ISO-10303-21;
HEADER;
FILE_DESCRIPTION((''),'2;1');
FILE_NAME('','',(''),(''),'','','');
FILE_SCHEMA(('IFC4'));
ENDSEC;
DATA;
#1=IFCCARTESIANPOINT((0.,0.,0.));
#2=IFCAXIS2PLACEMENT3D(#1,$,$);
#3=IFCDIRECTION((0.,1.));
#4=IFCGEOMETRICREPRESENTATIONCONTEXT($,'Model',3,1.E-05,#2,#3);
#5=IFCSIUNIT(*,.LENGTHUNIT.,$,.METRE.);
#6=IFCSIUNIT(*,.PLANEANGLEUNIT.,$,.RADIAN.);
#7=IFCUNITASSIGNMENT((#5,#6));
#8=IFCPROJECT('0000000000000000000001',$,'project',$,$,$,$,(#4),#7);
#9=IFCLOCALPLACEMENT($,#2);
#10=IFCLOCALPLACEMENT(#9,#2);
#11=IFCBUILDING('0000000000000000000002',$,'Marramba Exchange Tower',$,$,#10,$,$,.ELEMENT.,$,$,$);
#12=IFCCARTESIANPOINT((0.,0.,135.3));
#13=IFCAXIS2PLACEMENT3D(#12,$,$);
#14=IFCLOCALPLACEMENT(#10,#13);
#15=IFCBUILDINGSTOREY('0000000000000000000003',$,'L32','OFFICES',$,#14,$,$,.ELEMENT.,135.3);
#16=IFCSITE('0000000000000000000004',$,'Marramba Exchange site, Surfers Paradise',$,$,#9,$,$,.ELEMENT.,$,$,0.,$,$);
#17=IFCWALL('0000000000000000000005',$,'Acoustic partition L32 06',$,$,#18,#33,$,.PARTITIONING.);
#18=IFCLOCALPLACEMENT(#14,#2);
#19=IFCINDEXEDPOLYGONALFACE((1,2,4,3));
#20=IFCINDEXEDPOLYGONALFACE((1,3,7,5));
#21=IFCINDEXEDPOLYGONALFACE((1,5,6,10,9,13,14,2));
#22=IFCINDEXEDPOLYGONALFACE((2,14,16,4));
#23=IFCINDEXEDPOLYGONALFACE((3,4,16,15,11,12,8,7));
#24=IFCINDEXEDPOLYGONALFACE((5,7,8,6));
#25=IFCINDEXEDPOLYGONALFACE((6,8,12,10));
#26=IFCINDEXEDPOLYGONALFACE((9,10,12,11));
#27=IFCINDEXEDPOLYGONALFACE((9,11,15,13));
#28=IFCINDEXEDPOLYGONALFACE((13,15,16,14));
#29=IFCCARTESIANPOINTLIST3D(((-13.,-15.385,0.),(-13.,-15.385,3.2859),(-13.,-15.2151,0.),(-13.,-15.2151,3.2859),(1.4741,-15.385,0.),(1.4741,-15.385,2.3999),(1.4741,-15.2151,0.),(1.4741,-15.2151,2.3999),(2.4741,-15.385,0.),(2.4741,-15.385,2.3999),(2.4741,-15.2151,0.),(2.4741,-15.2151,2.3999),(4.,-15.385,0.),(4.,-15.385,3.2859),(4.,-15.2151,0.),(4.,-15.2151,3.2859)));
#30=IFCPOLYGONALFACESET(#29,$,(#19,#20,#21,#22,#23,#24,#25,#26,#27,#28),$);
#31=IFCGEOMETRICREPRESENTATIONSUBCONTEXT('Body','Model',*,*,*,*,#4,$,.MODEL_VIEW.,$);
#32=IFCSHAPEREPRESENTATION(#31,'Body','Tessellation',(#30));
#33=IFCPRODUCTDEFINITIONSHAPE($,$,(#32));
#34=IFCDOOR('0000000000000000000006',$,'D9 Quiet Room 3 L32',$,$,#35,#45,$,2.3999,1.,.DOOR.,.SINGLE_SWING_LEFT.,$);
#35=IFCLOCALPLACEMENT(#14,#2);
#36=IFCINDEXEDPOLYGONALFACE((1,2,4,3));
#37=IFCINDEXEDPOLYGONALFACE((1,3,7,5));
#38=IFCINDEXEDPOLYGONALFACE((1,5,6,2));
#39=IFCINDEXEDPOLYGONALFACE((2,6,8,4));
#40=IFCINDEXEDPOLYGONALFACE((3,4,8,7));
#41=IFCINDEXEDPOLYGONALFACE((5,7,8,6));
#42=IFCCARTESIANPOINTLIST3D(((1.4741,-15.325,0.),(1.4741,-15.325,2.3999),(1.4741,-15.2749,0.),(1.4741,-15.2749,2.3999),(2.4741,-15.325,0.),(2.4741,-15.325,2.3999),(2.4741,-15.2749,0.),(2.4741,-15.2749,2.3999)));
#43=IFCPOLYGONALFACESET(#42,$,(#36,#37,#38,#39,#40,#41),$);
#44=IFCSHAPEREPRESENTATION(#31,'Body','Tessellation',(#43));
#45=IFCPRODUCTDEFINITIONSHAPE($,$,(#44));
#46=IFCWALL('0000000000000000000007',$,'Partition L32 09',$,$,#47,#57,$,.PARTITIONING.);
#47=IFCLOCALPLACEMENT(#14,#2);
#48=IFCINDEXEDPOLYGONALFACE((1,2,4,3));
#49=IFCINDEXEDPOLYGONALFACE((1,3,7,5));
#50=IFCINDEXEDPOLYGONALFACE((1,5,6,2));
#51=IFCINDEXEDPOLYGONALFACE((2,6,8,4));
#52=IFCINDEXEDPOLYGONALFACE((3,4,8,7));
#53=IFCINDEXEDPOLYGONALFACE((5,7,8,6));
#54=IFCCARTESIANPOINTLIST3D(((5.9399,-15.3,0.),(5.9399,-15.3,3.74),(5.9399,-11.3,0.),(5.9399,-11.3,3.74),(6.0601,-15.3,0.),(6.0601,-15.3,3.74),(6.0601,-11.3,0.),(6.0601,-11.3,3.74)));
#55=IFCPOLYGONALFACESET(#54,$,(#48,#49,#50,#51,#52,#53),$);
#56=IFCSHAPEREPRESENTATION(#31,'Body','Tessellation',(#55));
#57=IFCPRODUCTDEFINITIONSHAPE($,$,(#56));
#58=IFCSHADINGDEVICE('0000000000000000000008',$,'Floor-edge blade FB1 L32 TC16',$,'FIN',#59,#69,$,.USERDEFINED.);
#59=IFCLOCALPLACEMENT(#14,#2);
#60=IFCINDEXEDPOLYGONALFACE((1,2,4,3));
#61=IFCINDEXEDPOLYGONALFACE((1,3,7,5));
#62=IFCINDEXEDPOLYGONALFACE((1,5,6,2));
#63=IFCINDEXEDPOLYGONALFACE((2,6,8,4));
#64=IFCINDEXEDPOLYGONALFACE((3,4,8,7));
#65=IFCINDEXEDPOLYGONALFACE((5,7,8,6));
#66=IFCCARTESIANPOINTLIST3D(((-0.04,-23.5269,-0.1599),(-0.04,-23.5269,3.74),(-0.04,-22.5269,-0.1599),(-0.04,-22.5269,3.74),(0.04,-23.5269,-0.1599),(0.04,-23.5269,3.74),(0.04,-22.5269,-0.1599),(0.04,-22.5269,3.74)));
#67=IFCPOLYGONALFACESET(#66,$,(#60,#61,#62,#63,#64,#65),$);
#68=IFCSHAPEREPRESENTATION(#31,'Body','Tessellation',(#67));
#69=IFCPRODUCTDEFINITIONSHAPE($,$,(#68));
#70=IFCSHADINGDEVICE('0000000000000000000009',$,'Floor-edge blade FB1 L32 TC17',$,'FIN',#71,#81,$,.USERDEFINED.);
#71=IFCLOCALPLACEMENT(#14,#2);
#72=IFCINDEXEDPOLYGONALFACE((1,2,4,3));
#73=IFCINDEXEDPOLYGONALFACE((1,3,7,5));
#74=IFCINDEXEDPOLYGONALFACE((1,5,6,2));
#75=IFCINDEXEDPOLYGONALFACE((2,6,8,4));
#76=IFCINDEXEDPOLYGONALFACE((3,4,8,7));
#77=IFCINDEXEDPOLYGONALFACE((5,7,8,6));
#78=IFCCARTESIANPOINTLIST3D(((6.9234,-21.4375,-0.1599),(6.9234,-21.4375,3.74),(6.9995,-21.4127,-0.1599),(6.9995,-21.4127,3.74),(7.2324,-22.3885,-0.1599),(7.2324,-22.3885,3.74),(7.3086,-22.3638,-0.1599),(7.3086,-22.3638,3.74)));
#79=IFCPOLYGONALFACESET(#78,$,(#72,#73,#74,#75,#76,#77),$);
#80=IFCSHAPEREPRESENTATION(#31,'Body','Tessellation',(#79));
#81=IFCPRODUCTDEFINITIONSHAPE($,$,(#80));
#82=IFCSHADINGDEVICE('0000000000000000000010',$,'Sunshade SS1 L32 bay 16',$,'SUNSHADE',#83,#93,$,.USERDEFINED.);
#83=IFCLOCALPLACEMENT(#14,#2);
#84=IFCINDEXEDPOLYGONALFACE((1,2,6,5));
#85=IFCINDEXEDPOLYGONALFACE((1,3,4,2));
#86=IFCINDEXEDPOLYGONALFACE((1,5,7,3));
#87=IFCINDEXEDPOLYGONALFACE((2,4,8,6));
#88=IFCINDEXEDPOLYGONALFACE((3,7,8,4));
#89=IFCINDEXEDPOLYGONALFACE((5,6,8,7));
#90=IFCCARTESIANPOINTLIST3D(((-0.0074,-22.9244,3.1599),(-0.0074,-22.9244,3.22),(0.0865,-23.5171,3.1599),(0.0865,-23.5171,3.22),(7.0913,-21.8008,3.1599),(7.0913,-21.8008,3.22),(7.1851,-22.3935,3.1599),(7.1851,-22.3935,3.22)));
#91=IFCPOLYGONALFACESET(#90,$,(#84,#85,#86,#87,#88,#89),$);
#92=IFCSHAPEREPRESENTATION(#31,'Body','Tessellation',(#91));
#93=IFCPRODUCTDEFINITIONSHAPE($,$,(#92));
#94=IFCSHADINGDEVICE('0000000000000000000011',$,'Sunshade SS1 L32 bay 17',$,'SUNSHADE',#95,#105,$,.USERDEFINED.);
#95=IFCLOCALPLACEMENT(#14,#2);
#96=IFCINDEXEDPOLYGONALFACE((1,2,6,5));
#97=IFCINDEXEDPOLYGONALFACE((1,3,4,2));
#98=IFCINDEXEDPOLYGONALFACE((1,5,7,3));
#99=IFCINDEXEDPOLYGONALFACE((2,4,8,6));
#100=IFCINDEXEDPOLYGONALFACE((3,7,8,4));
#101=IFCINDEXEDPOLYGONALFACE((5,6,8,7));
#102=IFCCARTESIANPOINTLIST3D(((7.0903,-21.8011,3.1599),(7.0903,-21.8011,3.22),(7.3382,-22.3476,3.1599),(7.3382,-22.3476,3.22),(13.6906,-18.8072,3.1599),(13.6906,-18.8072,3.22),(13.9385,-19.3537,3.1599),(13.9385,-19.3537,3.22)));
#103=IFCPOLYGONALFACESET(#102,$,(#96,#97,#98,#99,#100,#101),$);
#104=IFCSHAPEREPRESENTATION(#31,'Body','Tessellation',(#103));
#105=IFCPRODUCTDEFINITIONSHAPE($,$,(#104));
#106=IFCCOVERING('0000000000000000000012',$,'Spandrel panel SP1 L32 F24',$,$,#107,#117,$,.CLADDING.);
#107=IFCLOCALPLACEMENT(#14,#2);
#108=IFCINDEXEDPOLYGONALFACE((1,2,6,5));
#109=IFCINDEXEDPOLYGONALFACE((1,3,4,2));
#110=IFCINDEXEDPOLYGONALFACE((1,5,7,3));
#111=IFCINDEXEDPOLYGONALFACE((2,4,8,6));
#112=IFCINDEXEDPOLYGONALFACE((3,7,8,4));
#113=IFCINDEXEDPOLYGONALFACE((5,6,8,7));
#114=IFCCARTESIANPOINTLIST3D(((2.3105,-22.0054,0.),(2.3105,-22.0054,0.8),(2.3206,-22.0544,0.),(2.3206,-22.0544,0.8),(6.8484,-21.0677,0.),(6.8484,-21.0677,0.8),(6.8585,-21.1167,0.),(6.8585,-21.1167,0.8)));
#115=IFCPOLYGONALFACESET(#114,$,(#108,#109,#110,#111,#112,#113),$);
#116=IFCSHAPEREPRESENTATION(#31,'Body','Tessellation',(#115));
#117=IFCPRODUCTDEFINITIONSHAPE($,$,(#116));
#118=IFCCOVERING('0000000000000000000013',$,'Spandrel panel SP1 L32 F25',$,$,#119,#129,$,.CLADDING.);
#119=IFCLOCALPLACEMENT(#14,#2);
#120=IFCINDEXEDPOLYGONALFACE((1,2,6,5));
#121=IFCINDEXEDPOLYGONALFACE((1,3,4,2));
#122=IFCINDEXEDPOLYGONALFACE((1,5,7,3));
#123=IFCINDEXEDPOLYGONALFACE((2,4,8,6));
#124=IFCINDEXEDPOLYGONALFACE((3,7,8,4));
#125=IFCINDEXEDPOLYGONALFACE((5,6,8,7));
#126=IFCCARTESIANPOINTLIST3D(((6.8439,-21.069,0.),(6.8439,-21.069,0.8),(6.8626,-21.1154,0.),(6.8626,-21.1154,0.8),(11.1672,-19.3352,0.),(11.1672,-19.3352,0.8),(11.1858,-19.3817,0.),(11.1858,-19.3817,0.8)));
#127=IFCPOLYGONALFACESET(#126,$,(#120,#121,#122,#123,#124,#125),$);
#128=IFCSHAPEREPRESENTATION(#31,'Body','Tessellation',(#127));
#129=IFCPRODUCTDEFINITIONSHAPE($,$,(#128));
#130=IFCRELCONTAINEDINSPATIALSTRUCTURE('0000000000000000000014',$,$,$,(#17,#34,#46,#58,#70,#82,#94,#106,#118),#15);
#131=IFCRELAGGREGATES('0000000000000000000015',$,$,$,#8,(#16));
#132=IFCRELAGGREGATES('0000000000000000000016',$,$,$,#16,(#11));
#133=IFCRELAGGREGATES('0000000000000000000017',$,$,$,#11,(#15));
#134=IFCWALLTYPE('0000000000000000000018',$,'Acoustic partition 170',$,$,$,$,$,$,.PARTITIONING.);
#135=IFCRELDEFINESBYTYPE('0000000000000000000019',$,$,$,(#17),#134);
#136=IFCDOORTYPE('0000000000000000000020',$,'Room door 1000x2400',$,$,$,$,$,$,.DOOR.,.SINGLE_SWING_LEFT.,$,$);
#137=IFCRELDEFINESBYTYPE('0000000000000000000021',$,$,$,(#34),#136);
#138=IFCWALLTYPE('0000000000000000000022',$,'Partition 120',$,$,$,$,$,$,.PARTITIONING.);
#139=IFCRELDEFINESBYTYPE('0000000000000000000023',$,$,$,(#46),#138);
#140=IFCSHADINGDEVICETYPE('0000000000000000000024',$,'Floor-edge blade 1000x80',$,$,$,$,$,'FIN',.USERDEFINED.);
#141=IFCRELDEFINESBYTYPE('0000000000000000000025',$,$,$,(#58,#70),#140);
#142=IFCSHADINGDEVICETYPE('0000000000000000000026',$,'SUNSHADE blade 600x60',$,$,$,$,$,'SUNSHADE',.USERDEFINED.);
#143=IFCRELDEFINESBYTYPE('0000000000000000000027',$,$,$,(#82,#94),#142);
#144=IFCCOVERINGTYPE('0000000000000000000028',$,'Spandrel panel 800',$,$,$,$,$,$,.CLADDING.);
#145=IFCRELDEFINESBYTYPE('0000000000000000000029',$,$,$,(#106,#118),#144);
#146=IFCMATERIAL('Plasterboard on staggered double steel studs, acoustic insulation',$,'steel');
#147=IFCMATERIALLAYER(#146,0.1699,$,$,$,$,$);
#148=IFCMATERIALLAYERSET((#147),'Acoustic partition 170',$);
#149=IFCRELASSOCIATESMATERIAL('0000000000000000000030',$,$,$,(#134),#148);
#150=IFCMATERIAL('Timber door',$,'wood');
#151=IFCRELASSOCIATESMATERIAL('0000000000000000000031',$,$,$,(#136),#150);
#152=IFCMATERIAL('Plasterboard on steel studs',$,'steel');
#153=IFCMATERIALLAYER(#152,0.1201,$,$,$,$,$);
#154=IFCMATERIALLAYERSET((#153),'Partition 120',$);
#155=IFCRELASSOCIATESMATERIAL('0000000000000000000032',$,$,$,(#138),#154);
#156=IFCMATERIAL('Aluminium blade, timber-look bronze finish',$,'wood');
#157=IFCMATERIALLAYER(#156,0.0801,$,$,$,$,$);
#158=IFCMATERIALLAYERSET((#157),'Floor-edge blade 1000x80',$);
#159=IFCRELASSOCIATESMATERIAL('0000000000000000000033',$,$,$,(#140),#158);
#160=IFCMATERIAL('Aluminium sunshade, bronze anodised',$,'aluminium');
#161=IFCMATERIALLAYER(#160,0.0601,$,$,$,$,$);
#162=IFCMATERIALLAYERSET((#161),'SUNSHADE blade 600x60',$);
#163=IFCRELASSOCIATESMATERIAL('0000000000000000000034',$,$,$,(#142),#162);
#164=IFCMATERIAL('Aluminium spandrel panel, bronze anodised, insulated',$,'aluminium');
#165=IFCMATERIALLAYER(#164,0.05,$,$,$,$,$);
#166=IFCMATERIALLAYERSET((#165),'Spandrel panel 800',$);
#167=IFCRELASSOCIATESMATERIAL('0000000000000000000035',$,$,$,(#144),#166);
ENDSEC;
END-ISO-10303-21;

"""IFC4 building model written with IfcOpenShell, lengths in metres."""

from ifc_helpers import new_model, si_unit, direction, frame, frame_2d, origin, origin_2d, place, context, subcontext, project, spatial, rectangle, extrude, material, layer, layer_set, type_object, element, fill, save


model = new_model("IFC4")

# Units and contexts
model_context = context("Model", 3, precision=1e-05, world=origin(), true_north=direction((0.0, 1.0)))
body_context = subcontext(model_context, "Body", "Model", "MODEL_VIEW")
ifc_project = project(units=[si_unit("LENGTHUNIT", "METRE"), si_unit("PLANEANGLEUNIT", "RADIAN")], contexts=[model_context])

# Site, building, storey
site_placement = place(None, origin())
site = spatial("IfcSite", under=ifc_project, at=site_placement, Name="Marramba Exchange site, Surfers Paradise", CompositionType="ELEMENT", RefElevation=0.0)
building_placement = place(site_placement, origin())
building = spatial("IfcBuilding", under=site, at=building_placement, Name="Marramba Exchange Tower", CompositionType="ELEMENT")
storey_placement = place(building_placement, frame((0.0, 0.0, 135.3)))
storey = spatial("IfcBuildingStorey", under=building, at=storey_placement, Name="L32", Description="OFFICES", CompositionType="ELEMENT", Elevation=135.3)

# Wall, opening, door
ifc_material_1 = material(Name="Plasterboard on staggered double steel studs, acoustic insulation", Category="steel")
ifc_layer_1 = layer(ifc_material_1, 0.1699)
ifc_layer_set_1 = layer_set([ifc_layer_1], Name="Acoustic partition 170")
wall_type_1 = type_object("IfcWallType", Name="Acoustic partition 170", PredefinedType="PARTITIONING", material=ifc_layer_set_1)
wall_1_placement = place(storey_placement, frame((4.0, -15.3, 0.0), z_axis=(0.0, 0.0, 1.0), x_axis=(-1.0, 0.0, 0.0)))
wall_1 = element("IfcWall", 1, at=wall_1_placement, inside=storey, type_object=wall_type_1, Name="Acoustic partition L32 06", PredefinedType="PARTITIONING", context=body_context, shape_type="SweptSolid", body=[
    extrude(rectangle(XDim=17.0, YDim=0.1699, at=frame_2d((8.5, 0.0))), origin(), (0.0, 0.0, 1.0), 3.2859),
])
opening_placement = place(wall_1_placement, frame((1.5259, 0.0, 0.0)))
opening = element("IfcOpeningElement", 2, at=opening_placement, cuts=wall_1, PredefinedType="OPENING", context=body_context, shape_type="SweptSolid", body=[
    extrude(rectangle(XDim=1.0, YDim=2.3999, at=frame_2d((0.5, 1.2))), frame((0.0, 0.095, 0.0), z_axis=(0.0, -1.0, 0.0), x_axis=(1.0, 0.0, 0.0)), (0.0, 0.0, 1.0), 0.1899),
])
ifc_material_2 = material(Name="Timber door", Category="wood")
door_type = type_object("IfcDoorType", Name="Room door 1000x2400", OperationType="SINGLE_SWING_LEFT", PredefinedType="DOOR", material=ifc_material_2)
door_placement = place(opening_placement, frame((1.0, 0.0, 0.0), z_axis=(0.0, 0.0, 1.0), x_axis=(-1.0, 0.0, 0.0)))
door = element("IfcDoor", 3, at=door_placement, inside=storey, type_object=door_type, Name="D9 Quiet Room 3 L32", OperationType="SINGLE_SWING_LEFT", OverallHeight=2.3999, OverallWidth=1.0, PredefinedType="DOOR", context=body_context, shape_type="SweptSolid", body=[
    extrude(rectangle(XDim=1.0, YDim=2.3999, at=frame_2d((0.5, 1.2))), frame((0.0, 0.0251, 0.0), z_axis=(0.0, -1.0, 0.0), x_axis=(1.0, 0.0, 0.0)), (0.0, 0.0, 1.0), 0.05),
])
fill(opening, door)

# Wall
ifc_material_3 = material(Name="Plasterboard on steel studs", Category="steel")
ifc_layer_2 = layer(ifc_material_3, 0.1201)
ifc_layer_set_2 = layer_set([ifc_layer_2], Name="Partition 120")
wall_type_2 = type_object("IfcWallType", Name="Partition 120", PredefinedType="PARTITIONING", material=ifc_layer_set_2)
wall_2_placement = place(storey_placement, frame((6.0, -15.3, 0.0), z_axis=(0.0, 0.0, 1.0), x_axis=(0.0, 1.0, 0.0)))
element("IfcWall", 4, at=wall_2_placement, inside=storey, type_object=wall_type_2, Name="Partition L32 09", PredefinedType="PARTITIONING", context=body_context, shape_type="SweptSolid", body=[
    extrude(rectangle(XDim=4.0, YDim=0.1201, at=frame_2d((2.0, 0.0))), origin(), (0.0, 0.0, 1.0), 3.74),
])

# Shading devices
ifc_material_4 = material(Name="Aluminium blade, timber-look bronze finish", Category="wood")
ifc_layer_3 = layer(ifc_material_4, 0.0801)
ifc_layer_set_3 = layer_set([ifc_layer_3], Name="Floor-edge blade 1000x80")
shading_device_type_1 = type_object("IfcShadingDeviceType", Name="Floor-edge blade 1000x80", ElementType="FIN", PredefinedType="USERDEFINED", material=ifc_layer_set_3)
for number, where, z_axis, x_axis, name in (
    (5, (0.0, -23.0269, -0.1599), (0.0, 0.0, 1.0), (0.0, -1.0, 0.0), "Floor-edge blade FB1 L32 TC16"),
    (6, (7.116, -21.9006, -0.1599), (0.0, 0.0, 1.0), (0.309017, -0.951057, 0.0), "Floor-edge blade FB1 L32 TC17"),
):
    element("IfcShadingDevice", number, at=place(storey_placement, frame(where, z_axis=z_axis, x_axis=x_axis)), inside=storey, type_object=shading_device_type_1, Name=name, ObjectType="FIN", PredefinedType="USERDEFINED", context=body_context, shape_type="SweptSolid", body=[
        extrude(rectangle(XDim=1.0, YDim=0.0801, at=origin_2d()), origin(), (0.0, 0.0, 1.0), 3.8999),
    ])
ifc_material_5 = material(Name="Aluminium sunshade, bronze anodised", Category="aluminium")
ifc_layer_4 = layer(ifc_material_5, 0.0601)
ifc_layer_set_4 = layer_set([ifc_layer_4], Name="SUNSHADE blade 600x60")
shading_device_type_2 = type_object("IfcShadingDeviceType", Name="SUNSHADE blade 600x60", ElementType="SUNSHADE", PredefinedType="USERDEFINED", material=ifc_layer_set_4)
shading_device_1_placement = place(storey_placement, frame((3.5889, -22.6589, 3.1599), z_axis=(0.0, 0.0, 1.0), x_axis=(0.987705, 0.15633, 0.0)))
element("IfcShadingDevice", 7, at=shading_device_1_placement, inside=storey, type_object=shading_device_type_2, Name="Sunshade SS1 L32 bay 16", ObjectType="SUNSHADE", PredefinedType="USERDEFINED", context=body_context, shape_type="SweptSolid", body=[
    extrude(rectangle(XDim=7.187, YDim=0.6001, at=origin_2d()), origin(), (0.0, 0.0, 1.0), 0.0601),
])
shading_device_2_placement = place(storey_placement, frame((10.5144, -20.5774, 3.1599), z_axis=(0.0, 0.0, 1.0), x_axis=(0.910692, 0.413086, 0.0)))
element("IfcShadingDevice", 8, at=shading_device_2_placement, inside=storey, type_object=shading_device_type_2, Name="Sunshade SS1 L32 bay 17", ObjectType="SUNSHADE", PredefinedType="USERDEFINED", context=body_context, shape_type="SweptSolid", body=[
    extrude(rectangle(XDim=7.2476, YDim=0.6001, at=origin_2d()), origin(), (0.0, 0.0, 1.0), 0.0601),
])

# Coverings
ifc_material_6 = material(Name="Aluminium spandrel panel, bronze anodised, insulated", Category="aluminium")
ifc_layer_5 = layer(ifc_material_6, 0.05)
ifc_layer_set_5 = layer_set([ifc_layer_5], Name="Spandrel panel 800")
covering_type = type_object("IfcCoveringType", Name="Spandrel panel 800", PredefinedType="CLADDING", material=ifc_layer_set_5)
covering_1_placement = place(storey_placement, frame((4.5845, -21.561, 0.0), z_axis=(0.0, 0.0, 1.0), x_axis=(0.97931, 0.202365, 0.0)))
element("IfcCovering", 9, at=covering_1_placement, inside=storey, type_object=covering_type, Name="Spandrel panel SP1 L32 F24", PredefinedType="CLADDING", context=body_context, shape_type="SweptSolid", body=[
    extrude(rectangle(XDim=4.6338, YDim=0.05, at=origin_2d()), origin(), (0.0, 0.0, 1.0), 0.8),
])
covering_2_placement = place(storey_placement, frame((9.0149, -20.2253, 0.0), z_axis=(0.0, 0.0, 1.0), x_axis=(0.928149, 0.372209, 0.0)))
element("IfcCovering", 10, at=covering_2_placement, inside=storey, type_object=covering_type, Name="Spandrel panel SP1 L32 F25", PredefinedType="CLADDING", context=body_context, shape_type="SweptSolid", body=[
    extrude(rectangle(XDim=4.658, YDim=0.05, at=origin_2d()), origin(), (0.0, 0.0, 1.0), 0.8),
])

save(model, "model.ifc")
